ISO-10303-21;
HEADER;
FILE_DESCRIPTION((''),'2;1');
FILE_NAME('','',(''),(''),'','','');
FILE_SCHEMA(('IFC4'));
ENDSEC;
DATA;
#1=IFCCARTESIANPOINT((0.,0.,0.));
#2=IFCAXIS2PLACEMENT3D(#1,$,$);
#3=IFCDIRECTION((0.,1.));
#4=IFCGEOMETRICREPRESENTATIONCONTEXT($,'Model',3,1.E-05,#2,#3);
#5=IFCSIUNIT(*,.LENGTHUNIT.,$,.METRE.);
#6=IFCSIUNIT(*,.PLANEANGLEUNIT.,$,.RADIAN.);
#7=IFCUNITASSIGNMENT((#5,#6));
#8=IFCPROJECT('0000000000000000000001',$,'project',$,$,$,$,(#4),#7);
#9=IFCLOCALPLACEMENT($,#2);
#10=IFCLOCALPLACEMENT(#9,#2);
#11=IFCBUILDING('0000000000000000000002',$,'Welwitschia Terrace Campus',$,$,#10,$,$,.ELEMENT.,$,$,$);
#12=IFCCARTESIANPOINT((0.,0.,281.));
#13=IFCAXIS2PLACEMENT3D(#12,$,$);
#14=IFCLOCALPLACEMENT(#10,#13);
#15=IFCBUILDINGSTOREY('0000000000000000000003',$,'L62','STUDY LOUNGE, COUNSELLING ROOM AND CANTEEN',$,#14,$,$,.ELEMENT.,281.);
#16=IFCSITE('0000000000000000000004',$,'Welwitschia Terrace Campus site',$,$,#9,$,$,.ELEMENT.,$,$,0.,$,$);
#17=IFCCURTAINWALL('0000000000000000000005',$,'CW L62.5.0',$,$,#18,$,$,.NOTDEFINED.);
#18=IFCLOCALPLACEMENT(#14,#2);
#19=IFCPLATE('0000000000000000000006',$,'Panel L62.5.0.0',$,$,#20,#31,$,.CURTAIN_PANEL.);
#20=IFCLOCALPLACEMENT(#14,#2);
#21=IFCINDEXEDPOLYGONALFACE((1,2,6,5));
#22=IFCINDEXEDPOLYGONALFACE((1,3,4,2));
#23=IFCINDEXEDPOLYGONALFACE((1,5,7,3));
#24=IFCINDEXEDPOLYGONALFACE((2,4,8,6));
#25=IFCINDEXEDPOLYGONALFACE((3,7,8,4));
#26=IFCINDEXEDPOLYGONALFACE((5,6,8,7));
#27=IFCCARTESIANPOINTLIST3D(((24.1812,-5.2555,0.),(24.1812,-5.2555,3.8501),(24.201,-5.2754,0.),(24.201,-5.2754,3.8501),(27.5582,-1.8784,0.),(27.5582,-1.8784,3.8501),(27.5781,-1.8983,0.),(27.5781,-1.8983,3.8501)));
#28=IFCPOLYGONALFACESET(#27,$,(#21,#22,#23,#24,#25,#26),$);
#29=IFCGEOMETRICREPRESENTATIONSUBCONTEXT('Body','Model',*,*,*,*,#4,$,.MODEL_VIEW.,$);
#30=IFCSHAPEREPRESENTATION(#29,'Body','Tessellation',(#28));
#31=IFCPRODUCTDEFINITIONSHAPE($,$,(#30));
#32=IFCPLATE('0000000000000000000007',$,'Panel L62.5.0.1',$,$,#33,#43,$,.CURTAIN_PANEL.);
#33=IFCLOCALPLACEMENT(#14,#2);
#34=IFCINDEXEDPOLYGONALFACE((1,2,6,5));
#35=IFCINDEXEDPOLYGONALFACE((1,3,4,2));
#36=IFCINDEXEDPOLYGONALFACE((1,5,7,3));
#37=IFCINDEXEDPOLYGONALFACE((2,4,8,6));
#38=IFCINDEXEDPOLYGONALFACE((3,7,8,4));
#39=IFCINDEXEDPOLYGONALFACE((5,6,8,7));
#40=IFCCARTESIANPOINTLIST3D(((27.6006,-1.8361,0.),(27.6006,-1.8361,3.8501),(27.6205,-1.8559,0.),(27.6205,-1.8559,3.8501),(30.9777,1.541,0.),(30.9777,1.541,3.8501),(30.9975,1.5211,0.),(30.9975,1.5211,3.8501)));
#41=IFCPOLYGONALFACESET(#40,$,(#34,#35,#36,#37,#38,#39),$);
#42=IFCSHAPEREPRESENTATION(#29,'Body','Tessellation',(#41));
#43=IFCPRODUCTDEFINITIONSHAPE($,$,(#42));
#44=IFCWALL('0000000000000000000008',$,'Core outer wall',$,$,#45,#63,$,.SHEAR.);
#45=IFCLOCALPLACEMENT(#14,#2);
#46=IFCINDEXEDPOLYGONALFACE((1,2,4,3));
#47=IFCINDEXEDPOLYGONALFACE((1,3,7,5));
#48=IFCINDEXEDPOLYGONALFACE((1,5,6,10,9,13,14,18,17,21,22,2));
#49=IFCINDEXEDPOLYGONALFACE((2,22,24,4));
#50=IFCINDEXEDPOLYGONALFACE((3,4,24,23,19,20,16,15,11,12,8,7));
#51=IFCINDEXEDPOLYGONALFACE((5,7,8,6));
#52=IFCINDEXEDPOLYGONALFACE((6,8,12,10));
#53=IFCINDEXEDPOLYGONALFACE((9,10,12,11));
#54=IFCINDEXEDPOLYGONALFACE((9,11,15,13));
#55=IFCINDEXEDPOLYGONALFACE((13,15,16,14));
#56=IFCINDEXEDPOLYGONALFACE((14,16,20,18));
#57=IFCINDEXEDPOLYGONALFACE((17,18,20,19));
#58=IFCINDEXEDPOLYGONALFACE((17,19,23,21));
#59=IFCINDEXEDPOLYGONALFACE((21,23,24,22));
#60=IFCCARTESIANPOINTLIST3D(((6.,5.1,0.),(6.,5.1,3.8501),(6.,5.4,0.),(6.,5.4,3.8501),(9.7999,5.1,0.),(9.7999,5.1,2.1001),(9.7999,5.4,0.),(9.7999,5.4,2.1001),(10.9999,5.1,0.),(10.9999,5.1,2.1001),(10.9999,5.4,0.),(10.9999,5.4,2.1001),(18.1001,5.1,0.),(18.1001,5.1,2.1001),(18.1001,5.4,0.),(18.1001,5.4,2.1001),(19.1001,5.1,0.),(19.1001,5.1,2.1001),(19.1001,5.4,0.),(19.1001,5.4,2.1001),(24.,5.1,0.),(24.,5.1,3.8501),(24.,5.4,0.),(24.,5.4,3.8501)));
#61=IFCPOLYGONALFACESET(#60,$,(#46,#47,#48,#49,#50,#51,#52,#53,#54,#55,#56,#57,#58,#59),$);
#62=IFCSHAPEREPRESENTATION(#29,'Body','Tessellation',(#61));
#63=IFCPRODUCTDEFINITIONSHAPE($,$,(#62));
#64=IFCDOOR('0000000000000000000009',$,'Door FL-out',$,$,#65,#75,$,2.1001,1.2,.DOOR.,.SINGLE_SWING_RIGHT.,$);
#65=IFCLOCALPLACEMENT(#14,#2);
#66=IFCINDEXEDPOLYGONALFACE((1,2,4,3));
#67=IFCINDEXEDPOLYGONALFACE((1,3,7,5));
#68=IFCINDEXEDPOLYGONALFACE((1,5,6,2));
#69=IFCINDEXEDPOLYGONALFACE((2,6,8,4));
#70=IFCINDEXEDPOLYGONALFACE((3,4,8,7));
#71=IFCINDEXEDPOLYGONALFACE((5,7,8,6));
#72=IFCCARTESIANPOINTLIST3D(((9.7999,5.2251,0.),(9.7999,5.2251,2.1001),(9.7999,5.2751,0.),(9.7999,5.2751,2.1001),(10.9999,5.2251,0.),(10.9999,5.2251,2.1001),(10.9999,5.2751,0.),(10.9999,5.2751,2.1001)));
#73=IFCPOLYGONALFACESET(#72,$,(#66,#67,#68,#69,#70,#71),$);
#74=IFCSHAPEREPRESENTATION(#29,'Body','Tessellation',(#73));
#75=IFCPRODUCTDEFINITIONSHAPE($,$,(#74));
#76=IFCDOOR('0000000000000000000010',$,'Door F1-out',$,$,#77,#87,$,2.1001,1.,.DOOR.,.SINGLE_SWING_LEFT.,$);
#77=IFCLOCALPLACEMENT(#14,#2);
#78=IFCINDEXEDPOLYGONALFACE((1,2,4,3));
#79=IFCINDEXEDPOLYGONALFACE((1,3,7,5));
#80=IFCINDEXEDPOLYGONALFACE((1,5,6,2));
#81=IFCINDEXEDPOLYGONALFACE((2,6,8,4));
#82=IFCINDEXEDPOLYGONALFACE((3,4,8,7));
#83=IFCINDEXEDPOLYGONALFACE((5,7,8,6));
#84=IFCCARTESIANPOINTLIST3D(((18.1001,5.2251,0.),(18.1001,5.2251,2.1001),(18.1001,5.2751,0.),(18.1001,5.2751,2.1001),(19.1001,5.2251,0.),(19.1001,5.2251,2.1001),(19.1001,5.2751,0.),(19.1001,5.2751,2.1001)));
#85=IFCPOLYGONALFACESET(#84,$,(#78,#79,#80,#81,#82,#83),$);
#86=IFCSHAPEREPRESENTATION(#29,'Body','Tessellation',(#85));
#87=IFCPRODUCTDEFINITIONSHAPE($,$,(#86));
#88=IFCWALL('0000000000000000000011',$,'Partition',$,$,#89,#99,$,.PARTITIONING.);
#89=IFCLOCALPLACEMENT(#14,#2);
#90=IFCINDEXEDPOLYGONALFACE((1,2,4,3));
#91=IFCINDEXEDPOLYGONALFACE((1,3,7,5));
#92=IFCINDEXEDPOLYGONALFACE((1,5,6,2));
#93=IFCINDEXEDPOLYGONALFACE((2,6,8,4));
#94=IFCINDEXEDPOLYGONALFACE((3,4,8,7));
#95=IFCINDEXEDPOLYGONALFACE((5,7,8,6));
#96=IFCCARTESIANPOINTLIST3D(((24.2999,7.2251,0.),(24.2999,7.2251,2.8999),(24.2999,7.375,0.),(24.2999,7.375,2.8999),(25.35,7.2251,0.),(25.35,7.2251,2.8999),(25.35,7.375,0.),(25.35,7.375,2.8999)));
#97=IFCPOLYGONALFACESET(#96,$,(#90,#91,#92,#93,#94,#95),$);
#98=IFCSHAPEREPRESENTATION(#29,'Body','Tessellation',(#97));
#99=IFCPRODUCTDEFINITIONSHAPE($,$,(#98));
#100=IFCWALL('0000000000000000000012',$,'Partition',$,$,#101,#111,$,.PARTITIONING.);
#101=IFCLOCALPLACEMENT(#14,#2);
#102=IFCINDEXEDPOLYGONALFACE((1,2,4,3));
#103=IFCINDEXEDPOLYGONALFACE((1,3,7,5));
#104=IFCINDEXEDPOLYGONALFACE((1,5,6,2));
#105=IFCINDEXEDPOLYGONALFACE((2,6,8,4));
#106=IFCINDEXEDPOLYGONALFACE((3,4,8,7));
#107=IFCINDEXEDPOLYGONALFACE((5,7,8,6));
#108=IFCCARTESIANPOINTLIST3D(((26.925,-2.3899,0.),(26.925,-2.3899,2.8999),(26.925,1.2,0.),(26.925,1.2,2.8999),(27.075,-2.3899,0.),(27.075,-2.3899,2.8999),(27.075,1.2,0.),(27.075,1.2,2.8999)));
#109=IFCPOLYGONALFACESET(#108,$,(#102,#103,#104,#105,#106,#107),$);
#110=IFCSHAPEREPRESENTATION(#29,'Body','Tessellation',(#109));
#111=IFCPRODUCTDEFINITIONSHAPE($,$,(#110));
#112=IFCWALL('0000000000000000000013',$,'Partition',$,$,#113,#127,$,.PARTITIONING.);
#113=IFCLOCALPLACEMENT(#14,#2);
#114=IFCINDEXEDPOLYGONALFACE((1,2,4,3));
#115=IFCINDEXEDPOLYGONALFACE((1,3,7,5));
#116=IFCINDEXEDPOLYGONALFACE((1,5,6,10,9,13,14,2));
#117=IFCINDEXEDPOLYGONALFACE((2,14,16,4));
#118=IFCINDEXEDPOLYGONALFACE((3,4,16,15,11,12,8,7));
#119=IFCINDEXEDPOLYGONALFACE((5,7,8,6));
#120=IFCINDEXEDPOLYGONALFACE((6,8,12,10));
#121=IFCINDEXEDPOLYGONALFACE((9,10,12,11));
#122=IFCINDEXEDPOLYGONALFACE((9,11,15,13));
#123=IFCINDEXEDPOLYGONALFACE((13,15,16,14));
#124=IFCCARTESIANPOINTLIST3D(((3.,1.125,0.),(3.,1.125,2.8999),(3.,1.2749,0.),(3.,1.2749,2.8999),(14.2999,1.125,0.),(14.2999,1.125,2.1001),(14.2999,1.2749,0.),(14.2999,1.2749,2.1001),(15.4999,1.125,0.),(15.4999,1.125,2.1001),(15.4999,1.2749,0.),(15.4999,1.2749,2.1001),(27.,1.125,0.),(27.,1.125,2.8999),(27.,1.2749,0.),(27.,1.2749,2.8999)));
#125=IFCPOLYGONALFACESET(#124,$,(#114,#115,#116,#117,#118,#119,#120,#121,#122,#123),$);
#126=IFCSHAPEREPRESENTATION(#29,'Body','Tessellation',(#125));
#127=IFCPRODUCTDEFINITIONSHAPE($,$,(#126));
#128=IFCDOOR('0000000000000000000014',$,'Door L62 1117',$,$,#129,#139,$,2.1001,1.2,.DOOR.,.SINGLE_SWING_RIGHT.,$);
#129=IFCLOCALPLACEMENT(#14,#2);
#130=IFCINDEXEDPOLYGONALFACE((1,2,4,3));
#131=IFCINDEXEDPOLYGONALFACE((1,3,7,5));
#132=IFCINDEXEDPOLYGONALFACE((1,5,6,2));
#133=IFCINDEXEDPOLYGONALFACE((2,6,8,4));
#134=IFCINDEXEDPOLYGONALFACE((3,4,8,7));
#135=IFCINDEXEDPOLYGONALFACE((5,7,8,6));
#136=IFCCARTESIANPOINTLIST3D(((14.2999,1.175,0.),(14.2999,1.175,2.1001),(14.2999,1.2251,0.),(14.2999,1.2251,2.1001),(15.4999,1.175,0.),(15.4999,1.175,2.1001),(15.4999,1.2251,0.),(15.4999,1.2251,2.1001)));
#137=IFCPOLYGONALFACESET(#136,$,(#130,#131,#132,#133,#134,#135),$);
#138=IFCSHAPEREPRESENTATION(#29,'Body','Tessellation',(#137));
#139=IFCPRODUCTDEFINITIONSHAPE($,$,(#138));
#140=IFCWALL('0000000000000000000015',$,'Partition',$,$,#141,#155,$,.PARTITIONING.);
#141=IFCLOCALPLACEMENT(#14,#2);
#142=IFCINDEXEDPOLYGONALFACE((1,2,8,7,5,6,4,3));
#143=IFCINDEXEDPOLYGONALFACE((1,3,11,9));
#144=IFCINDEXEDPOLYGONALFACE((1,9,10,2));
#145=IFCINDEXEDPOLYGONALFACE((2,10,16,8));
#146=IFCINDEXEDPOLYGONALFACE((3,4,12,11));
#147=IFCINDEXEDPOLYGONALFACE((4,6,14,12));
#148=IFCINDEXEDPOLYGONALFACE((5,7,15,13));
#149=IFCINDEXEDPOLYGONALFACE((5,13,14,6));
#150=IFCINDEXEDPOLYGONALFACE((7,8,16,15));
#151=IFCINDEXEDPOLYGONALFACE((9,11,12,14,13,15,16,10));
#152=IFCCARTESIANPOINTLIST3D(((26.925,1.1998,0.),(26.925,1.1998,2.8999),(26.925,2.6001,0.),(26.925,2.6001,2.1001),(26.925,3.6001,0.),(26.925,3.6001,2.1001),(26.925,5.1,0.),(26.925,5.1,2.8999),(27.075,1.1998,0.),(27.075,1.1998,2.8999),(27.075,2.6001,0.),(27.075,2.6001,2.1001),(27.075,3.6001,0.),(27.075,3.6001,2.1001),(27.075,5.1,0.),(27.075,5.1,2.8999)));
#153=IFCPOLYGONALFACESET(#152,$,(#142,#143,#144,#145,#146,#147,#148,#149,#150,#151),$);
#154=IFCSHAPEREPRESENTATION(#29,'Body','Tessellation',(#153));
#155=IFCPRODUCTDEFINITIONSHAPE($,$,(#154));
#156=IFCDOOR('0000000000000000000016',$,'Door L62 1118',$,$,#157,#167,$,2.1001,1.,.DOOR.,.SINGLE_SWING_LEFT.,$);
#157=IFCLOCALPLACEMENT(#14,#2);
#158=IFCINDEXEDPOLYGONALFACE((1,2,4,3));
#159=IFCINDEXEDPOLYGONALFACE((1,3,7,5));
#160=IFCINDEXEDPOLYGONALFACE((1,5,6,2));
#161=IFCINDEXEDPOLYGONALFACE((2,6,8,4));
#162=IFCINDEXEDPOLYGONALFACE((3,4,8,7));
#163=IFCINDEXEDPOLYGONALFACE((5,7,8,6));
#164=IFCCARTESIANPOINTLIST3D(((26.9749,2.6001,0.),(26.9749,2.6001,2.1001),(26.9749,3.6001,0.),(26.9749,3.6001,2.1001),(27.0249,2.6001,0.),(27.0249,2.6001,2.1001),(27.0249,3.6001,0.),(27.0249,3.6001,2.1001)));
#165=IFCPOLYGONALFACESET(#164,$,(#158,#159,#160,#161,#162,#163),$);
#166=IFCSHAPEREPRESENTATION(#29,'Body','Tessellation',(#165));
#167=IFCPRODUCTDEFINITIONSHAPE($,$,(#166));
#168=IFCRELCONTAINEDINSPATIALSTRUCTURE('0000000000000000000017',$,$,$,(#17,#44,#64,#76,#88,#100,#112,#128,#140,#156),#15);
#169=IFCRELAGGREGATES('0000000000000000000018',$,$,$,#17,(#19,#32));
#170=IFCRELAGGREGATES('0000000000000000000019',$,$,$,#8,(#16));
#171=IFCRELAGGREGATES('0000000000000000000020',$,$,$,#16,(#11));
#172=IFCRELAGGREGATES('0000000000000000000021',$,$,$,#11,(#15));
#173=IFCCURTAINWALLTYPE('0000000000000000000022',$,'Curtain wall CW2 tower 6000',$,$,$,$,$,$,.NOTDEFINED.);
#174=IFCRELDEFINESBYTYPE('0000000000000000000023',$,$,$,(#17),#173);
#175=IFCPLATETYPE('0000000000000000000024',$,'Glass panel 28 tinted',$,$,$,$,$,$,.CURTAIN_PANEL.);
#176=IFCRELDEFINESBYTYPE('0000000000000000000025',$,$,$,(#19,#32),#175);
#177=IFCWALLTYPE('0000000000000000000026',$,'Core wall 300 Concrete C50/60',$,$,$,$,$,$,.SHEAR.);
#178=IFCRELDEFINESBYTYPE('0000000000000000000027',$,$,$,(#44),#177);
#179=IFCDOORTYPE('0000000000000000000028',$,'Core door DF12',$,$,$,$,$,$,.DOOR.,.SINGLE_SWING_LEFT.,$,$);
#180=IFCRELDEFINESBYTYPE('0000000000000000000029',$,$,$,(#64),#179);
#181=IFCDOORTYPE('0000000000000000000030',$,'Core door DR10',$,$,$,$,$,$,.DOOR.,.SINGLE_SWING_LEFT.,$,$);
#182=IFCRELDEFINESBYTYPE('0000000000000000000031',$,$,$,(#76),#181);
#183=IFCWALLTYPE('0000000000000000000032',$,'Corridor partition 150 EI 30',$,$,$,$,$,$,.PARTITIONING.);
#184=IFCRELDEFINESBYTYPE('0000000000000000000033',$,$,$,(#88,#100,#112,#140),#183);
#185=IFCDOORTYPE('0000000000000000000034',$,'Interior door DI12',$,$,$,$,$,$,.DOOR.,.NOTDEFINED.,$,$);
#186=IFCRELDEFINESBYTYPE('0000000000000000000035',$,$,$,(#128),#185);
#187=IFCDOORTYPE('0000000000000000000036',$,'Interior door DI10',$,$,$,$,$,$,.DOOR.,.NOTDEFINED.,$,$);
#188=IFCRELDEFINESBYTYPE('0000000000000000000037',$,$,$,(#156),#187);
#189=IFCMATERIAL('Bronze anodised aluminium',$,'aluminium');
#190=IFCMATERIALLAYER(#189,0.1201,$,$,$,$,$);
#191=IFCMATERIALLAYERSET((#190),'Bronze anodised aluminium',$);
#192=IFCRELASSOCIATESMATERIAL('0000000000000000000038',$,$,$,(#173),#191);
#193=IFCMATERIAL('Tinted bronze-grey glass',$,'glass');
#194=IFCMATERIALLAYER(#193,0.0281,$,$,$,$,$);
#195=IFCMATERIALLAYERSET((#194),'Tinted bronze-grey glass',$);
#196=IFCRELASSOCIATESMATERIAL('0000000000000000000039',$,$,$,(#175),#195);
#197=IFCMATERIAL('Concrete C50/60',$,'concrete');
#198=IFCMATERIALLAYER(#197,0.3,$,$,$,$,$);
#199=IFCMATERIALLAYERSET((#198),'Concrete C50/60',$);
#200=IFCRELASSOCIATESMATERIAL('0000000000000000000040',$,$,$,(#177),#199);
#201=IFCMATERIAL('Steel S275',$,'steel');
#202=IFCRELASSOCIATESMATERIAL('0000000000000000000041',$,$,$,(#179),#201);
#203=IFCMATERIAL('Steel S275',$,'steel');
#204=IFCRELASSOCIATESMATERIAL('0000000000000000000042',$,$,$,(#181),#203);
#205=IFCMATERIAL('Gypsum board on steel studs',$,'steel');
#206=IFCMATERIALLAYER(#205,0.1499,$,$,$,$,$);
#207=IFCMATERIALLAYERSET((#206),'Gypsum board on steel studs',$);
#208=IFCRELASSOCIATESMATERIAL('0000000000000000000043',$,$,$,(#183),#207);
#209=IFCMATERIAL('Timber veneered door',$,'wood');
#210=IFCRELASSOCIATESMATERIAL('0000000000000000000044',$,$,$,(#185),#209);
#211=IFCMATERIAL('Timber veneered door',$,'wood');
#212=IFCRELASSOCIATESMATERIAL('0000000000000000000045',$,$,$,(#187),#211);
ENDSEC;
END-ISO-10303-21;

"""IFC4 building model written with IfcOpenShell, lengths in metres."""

from ifc_helpers import new_model, si_unit, direction, frame, frame_2d, origin, origin_2d, place, context, subcontext, project, spatial, rectangle, extrude, material, layer, layer_set, type_object, element, fill, aggregate, save


model = new_model("IFC4")

# Units and contexts
model_context = context("Model", 3, precision=1e-05, world=origin(), true_north=direction((0.0, 1.0)))
body_context = subcontext(model_context, "Body", "Model", "MODEL_VIEW")
ifc_project = project(units=[si_unit("LENGTHUNIT", "METRE"), si_unit("PLANEANGLEUNIT", "RADIAN")], contexts=[model_context])

# Site, building, storey
site_placement = place(None, origin())
site = spatial("IfcSite", under=ifc_project, at=site_placement, Name="Welwitschia Terrace Campus site", CompositionType="ELEMENT", RefElevation=0.0)
building_placement = place(site_placement, origin())
building = spatial("IfcBuilding", under=site, at=building_placement, Name="Welwitschia Terrace Campus", CompositionType="ELEMENT")
storey_placement = place(building_placement, frame((0.0, 0.0, 281.0)))
storey = spatial("IfcBuildingStorey", under=building, at=storey_placement, Name="L62", Description="STUDY LOUNGE, COUNSELLING ROOM AND CANTEEN", CompositionType="ELEMENT", Elevation=281.0)

# Curtain wall
ifc_material_1 = material(Name="Bronze anodised aluminium", Category="aluminium")
ifc_layer_1 = layer(ifc_material_1, 0.1201)
ifc_layer_set_1 = layer_set([ifc_layer_1], Name="Bronze anodised aluminium")
curtain_wall_type = type_object("IfcCurtainWallType", Name="Curtain wall CW2 tower 6000", PredefinedType="NOTDEFINED", material=ifc_layer_set_1)
curtain_wall_placement = place(storey_placement, origin())
curtain_wall = element("IfcCurtainWall", 1, at=curtain_wall_placement, inside=storey, type_object=curtain_wall_type, Name="CW L62.5.0", PredefinedType="NOTDEFINED")

# Plates
ifc_material_2 = material(Name="Tinted bronze-grey glass", Category="glass")
ifc_layer_2 = layer(ifc_material_2, 0.0281)
ifc_layer_set_2 = layer_set([ifc_layer_2], Name="Tinted bronze-grey glass")
plate_type = type_object("IfcPlateType", Name="Glass panel 28 tinted", PredefinedType="CURTAIN_PANEL", material=ifc_layer_set_2)
plate_1_placement = place(storey_placement, frame((25.8796, -3.5769, 0.0), z_axis=(0.0, 0.0, 1.0), x_axis=(0.707107, 0.707107, 0.0)))
plate_1 = element("IfcPlate", 2, at=plate_1_placement, type_object=plate_type, Name="Panel L62.5.0.0", PredefinedType="CURTAIN_PANEL", context=body_context, shape_type="SweptSolid", body=[
    extrude(rectangle(XDim=4.7759, YDim=0.0281, at=origin_2d()), origin(), (0.0, 0.0, 1.0), 3.8501),
])
plate_2_placement = place(storey_placement, frame((29.2991, -0.1575, 0.0), z_axis=(0.0, 0.0, 1.0), x_axis=(0.707107, 0.707107, 0.0)))
plate_2 = element("IfcPlate", 3, at=plate_2_placement, type_object=plate_type, Name="Panel L62.5.0.1", PredefinedType="CURTAIN_PANEL", context=body_context, shape_type="SweptSolid", body=[
    extrude(rectangle(XDim=4.7759, YDim=0.0281, at=origin_2d()), origin(), (0.0, 0.0, 1.0), 3.8501),
])
aggregate(curtain_wall, [plate_1, plate_2])

# Wall, openings, doors
ifc_material_3 = material(Name="Concrete C50/60", Category="concrete")
ifc_layer_3 = layer(ifc_material_3, 0.3)
ifc_layer_set_3 = layer_set([ifc_layer_3], Name="Concrete C50/60")
wall_type_1 = type_object("IfcWallType", Name="Core wall 300 Concrete C50/60", PredefinedType="SHEAR", material=ifc_layer_set_3)
wall_1_placement = place(storey_placement, frame((24.0, 5.25, 0.0), z_axis=(0.0, 0.0, 1.0), x_axis=(-1.0, 0.0, 0.0)))
wall_1 = element("IfcWall", 4, at=wall_1_placement, inside=storey, type_object=wall_type_1, Name="Core outer wall", PredefinedType="SHEAR", context=body_context, shape_type="SweptSolid", body=[
    extrude(rectangle(XDim=18.0, YDim=0.3, at=frame_2d((9.0, 0.0))), origin(), (0.0, 0.0, 1.0), 3.8501),
])
opening_1_placement = place(wall_1_placement, frame((13.0, 0.0, 0.0)))
opening_1 = element("IfcOpeningElement", 5, at=opening_1_placement, cuts=wall_1, PredefinedType="OPENING", context=body_context, shape_type="SweptSolid", body=[
    extrude(rectangle(XDim=1.2, YDim=2.1001, at=frame_2d((0.6001, 1.05))), frame((0.0, 0.1599, 0.0), z_axis=(0.0, -1.0, 0.0), x_axis=(1.0, 0.0, 0.0)), (0.0, 0.0, 1.0), 0.3201),
])
opening_2_placement = place(wall_1_placement, frame((4.8999, 0.0, 0.0)))
opening_2 = element("IfcOpeningElement", 6, at=opening_2_placement, cuts=wall_1, PredefinedType="OPENING", context=body_context, shape_type="SweptSolid", body=[
    extrude(rectangle(XDim=1.0, YDim=2.1001, at=frame_2d((0.5, 1.05))), frame((0.0, 0.1599, 0.0), z_axis=(0.0, -1.0, 0.0), x_axis=(1.0, 0.0, 0.0)), (0.0, 0.0, 1.0), 0.3201),
])
ifc_material_4 = material(Name="Steel S275", Category="steel")
door_type_1 = type_object("IfcDoorType", Name="Core door DF12", OperationType="SINGLE_SWING_LEFT", PredefinedType="DOOR", material=ifc_material_4)
door_1_placement = place(opening_1_placement, origin())
door_1 = element("IfcDoor", 7, at=door_1_placement, inside=storey, type_object=door_type_1, Name="Door FL-out", OperationType="SINGLE_SWING_RIGHT", OverallHeight=2.1001, OverallWidth=1.2, PredefinedType="DOOR", context=body_context, shape_type="SweptSolid", body=[
    extrude(rectangle(XDim=1.2, YDim=2.1001, at=frame_2d((0.6001, 1.05))), frame((0.0, 0.0249, 0.0), z_axis=(0.0, -1.0, 0.0), x_axis=(1.0, 0.0, 0.0)), (0.0, 0.0, 1.0), 0.05),
])
fill(opening_1, door_1)
ifc_material_5 = material(Name="Steel S275", Category="steel")
door_type_2 = type_object("IfcDoorType", Name="Core door DR10", OperationType="SINGLE_SWING_LEFT", PredefinedType="DOOR", material=ifc_material_5)
door_2_placement = place(opening_2_placement, origin())
door_2 = element("IfcDoor", 8, at=door_2_placement, inside=storey, type_object=door_type_2, Name="Door F1-out", OperationType="SINGLE_SWING_LEFT", OverallHeight=2.1001, OverallWidth=1.0, PredefinedType="DOOR", context=body_context, shape_type="SweptSolid", body=[
    extrude(rectangle(XDim=1.0, YDim=2.1001, at=frame_2d((0.5, 1.05))), frame((0.0, 0.0249, 0.0), z_axis=(0.0, -1.0, 0.0), x_axis=(1.0, 0.0, 0.0)), (0.0, 0.0, 1.0), 0.05),
])
fill(opening_2, door_2)

# Walls
ifc_material_6 = material(Name="Gypsum board on steel studs", Category="steel")
ifc_layer_4 = layer(ifc_material_6, 0.1499)
ifc_layer_set_4 = layer_set([ifc_layer_4], Name="Gypsum board on steel studs")
wall_type_2 = type_object("IfcWallType", Name="Corridor partition 150 EI 30", PredefinedType="PARTITIONING", material=ifc_layer_set_4)
wall_2_placement = place(storey_placement, frame((24.3, 7.3, 0.0), z_axis=(0.0, 0.0, 1.0), x_axis=(1.0, 0.0, 0.0)))
element("IfcWall", 9, at=wall_2_placement, inside=storey, type_object=wall_type_2, Name="Partition", PredefinedType="PARTITIONING", context=body_context, shape_type="SweptSolid", body=[
    extrude(rectangle(XDim=1.05, YDim=0.1499, at=frame_2d((0.5249, 0.0))), origin(), (0.0, 0.0, 1.0), 2.8999),
])
wall_3_placement = place(storey_placement, frame((27.0, -2.3899, 0.0), z_axis=(0.0, 0.0, 1.0), x_axis=(0.0, 1.0, 0.0)))
element("IfcWall", 10, at=wall_3_placement, inside=storey, type_object=wall_type_2, Name="Partition", PredefinedType="PARTITIONING", context=body_context, shape_type="SweptSolid", body=[
    extrude(rectangle(XDim=3.5898, YDim=0.1499, at=frame_2d((1.7949, 0.0))), origin(), (0.0, 0.0, 1.0), 2.8999),
])

# Walls, openings, doors
wall_4_placement = place(storey_placement, frame((27.0, 1.2, 0.0), z_axis=(0.0, 0.0, 1.0), x_axis=(-1.0, 0.0, 0.0)))
wall_4 = element("IfcWall", 11, at=wall_4_placement, inside=storey, type_object=wall_type_2, Name="Partition", PredefinedType="PARTITIONING", context=body_context, shape_type="SweptSolid", body=[
    extrude(rectangle(XDim=24.0, YDim=0.1499, at=frame_2d((12.0, 0.0))), origin(), (0.0, 0.0, 1.0), 2.8999),
])
opening_3_placement = place(wall_4_placement, frame((11.5, 0.0, 0.0)))
opening_3 = element("IfcOpeningElement", 12, at=opening_3_placement, cuts=wall_4, PredefinedType="OPENING", context=body_context, shape_type="SweptSolid", body=[
    extrude(rectangle(XDim=1.2, YDim=2.1001, at=frame_2d((0.6001, 1.05))), frame((0.0, 0.085, 0.0), z_axis=(0.0, -1.0, 0.0), x_axis=(1.0, 0.0, 0.0)), (0.0, 0.0, 1.0), 0.1699),
])
ifc_material_7 = material(Name="Timber veneered door", Category="wood")
door_type_3 = type_object("IfcDoorType", Name="Interior door DI12", OperationType="NOTDEFINED", PredefinedType="DOOR", material=ifc_material_7)
door_3_placement = place(opening_3_placement, origin())
door_3 = element("IfcDoor", 13, at=door_3_placement, inside=storey, type_object=door_type_3, Name="Door L62 1117", OperationType="SINGLE_SWING_RIGHT", OverallHeight=2.1001, OverallWidth=1.2, PredefinedType="DOOR", context=body_context, shape_type="SweptSolid", body=[
    extrude(rectangle(XDim=1.2, YDim=2.1001, at=frame_2d((0.6001, 1.05))), frame((0.0, 0.0249, 0.0), z_axis=(0.0, -1.0, 0.0), x_axis=(1.0, 0.0, 0.0)), (0.0, 0.0, 1.0), 0.05),
])
fill(opening_3, door_3)
wall_5_placement = place(storey_placement, frame((27.0, 5.1001, 0.0), z_axis=(0.0, 0.0, 1.0), x_axis=(0.0, -1.0, 0.0)))
wall_5 = element("IfcWall", 14, at=wall_5_placement, inside=storey, type_object=wall_type_2, Name="Partition", PredefinedType="PARTITIONING", context=body_context, shape_type="SweptSolid", body=[
    extrude(rectangle(XDim=3.9001, YDim=0.1499, at=frame_2d((1.9502, 0.0))), origin(), (0.0, 0.0, 1.0), 2.8999),
])
opening_4_placement = place(wall_5_placement, frame((1.5, 0.0, 0.0)))
opening_4 = element("IfcOpeningElement", 15, at=opening_4_placement, cuts=wall_5, PredefinedType="OPENING", context=body_context, shape_type="SweptSolid", body=[
    extrude(rectangle(XDim=1.0, YDim=2.1001, at=frame_2d((0.5, 1.05))), frame((0.0, 0.085, 0.0), z_axis=(0.0, -1.0, 0.0), x_axis=(1.0, 0.0, 0.0)), (0.0, 0.0, 1.0), 0.1699),
])
ifc_material_8 = material(Name="Timber veneered door", Category="wood")
door_type_4 = type_object("IfcDoorType", Name="Interior door DI10", OperationType="NOTDEFINED", PredefinedType="DOOR", material=ifc_material_8)
door_4_placement = place(opening_4_placement, origin())
door_4 = element("IfcDoor", 16, at=door_4_placement, inside=storey, type_object=door_type_4, Name="Door L62 1118", OperationType="SINGLE_SWING_LEFT", OverallHeight=2.1001, OverallWidth=1.0, PredefinedType="DOOR", context=body_context, shape_type="SweptSolid", body=[
    extrude(rectangle(XDim=1.0, YDim=2.1001, at=frame_2d((0.5, 1.05))), frame((0.0, 0.0249, 0.0), z_axis=(0.0, -1.0, 0.0), x_axis=(1.0, 0.0, 0.0)), (0.0, 0.0, 1.0), 0.05),
])
fill(opening_4, door_4)

save(model, "model.ifc")
